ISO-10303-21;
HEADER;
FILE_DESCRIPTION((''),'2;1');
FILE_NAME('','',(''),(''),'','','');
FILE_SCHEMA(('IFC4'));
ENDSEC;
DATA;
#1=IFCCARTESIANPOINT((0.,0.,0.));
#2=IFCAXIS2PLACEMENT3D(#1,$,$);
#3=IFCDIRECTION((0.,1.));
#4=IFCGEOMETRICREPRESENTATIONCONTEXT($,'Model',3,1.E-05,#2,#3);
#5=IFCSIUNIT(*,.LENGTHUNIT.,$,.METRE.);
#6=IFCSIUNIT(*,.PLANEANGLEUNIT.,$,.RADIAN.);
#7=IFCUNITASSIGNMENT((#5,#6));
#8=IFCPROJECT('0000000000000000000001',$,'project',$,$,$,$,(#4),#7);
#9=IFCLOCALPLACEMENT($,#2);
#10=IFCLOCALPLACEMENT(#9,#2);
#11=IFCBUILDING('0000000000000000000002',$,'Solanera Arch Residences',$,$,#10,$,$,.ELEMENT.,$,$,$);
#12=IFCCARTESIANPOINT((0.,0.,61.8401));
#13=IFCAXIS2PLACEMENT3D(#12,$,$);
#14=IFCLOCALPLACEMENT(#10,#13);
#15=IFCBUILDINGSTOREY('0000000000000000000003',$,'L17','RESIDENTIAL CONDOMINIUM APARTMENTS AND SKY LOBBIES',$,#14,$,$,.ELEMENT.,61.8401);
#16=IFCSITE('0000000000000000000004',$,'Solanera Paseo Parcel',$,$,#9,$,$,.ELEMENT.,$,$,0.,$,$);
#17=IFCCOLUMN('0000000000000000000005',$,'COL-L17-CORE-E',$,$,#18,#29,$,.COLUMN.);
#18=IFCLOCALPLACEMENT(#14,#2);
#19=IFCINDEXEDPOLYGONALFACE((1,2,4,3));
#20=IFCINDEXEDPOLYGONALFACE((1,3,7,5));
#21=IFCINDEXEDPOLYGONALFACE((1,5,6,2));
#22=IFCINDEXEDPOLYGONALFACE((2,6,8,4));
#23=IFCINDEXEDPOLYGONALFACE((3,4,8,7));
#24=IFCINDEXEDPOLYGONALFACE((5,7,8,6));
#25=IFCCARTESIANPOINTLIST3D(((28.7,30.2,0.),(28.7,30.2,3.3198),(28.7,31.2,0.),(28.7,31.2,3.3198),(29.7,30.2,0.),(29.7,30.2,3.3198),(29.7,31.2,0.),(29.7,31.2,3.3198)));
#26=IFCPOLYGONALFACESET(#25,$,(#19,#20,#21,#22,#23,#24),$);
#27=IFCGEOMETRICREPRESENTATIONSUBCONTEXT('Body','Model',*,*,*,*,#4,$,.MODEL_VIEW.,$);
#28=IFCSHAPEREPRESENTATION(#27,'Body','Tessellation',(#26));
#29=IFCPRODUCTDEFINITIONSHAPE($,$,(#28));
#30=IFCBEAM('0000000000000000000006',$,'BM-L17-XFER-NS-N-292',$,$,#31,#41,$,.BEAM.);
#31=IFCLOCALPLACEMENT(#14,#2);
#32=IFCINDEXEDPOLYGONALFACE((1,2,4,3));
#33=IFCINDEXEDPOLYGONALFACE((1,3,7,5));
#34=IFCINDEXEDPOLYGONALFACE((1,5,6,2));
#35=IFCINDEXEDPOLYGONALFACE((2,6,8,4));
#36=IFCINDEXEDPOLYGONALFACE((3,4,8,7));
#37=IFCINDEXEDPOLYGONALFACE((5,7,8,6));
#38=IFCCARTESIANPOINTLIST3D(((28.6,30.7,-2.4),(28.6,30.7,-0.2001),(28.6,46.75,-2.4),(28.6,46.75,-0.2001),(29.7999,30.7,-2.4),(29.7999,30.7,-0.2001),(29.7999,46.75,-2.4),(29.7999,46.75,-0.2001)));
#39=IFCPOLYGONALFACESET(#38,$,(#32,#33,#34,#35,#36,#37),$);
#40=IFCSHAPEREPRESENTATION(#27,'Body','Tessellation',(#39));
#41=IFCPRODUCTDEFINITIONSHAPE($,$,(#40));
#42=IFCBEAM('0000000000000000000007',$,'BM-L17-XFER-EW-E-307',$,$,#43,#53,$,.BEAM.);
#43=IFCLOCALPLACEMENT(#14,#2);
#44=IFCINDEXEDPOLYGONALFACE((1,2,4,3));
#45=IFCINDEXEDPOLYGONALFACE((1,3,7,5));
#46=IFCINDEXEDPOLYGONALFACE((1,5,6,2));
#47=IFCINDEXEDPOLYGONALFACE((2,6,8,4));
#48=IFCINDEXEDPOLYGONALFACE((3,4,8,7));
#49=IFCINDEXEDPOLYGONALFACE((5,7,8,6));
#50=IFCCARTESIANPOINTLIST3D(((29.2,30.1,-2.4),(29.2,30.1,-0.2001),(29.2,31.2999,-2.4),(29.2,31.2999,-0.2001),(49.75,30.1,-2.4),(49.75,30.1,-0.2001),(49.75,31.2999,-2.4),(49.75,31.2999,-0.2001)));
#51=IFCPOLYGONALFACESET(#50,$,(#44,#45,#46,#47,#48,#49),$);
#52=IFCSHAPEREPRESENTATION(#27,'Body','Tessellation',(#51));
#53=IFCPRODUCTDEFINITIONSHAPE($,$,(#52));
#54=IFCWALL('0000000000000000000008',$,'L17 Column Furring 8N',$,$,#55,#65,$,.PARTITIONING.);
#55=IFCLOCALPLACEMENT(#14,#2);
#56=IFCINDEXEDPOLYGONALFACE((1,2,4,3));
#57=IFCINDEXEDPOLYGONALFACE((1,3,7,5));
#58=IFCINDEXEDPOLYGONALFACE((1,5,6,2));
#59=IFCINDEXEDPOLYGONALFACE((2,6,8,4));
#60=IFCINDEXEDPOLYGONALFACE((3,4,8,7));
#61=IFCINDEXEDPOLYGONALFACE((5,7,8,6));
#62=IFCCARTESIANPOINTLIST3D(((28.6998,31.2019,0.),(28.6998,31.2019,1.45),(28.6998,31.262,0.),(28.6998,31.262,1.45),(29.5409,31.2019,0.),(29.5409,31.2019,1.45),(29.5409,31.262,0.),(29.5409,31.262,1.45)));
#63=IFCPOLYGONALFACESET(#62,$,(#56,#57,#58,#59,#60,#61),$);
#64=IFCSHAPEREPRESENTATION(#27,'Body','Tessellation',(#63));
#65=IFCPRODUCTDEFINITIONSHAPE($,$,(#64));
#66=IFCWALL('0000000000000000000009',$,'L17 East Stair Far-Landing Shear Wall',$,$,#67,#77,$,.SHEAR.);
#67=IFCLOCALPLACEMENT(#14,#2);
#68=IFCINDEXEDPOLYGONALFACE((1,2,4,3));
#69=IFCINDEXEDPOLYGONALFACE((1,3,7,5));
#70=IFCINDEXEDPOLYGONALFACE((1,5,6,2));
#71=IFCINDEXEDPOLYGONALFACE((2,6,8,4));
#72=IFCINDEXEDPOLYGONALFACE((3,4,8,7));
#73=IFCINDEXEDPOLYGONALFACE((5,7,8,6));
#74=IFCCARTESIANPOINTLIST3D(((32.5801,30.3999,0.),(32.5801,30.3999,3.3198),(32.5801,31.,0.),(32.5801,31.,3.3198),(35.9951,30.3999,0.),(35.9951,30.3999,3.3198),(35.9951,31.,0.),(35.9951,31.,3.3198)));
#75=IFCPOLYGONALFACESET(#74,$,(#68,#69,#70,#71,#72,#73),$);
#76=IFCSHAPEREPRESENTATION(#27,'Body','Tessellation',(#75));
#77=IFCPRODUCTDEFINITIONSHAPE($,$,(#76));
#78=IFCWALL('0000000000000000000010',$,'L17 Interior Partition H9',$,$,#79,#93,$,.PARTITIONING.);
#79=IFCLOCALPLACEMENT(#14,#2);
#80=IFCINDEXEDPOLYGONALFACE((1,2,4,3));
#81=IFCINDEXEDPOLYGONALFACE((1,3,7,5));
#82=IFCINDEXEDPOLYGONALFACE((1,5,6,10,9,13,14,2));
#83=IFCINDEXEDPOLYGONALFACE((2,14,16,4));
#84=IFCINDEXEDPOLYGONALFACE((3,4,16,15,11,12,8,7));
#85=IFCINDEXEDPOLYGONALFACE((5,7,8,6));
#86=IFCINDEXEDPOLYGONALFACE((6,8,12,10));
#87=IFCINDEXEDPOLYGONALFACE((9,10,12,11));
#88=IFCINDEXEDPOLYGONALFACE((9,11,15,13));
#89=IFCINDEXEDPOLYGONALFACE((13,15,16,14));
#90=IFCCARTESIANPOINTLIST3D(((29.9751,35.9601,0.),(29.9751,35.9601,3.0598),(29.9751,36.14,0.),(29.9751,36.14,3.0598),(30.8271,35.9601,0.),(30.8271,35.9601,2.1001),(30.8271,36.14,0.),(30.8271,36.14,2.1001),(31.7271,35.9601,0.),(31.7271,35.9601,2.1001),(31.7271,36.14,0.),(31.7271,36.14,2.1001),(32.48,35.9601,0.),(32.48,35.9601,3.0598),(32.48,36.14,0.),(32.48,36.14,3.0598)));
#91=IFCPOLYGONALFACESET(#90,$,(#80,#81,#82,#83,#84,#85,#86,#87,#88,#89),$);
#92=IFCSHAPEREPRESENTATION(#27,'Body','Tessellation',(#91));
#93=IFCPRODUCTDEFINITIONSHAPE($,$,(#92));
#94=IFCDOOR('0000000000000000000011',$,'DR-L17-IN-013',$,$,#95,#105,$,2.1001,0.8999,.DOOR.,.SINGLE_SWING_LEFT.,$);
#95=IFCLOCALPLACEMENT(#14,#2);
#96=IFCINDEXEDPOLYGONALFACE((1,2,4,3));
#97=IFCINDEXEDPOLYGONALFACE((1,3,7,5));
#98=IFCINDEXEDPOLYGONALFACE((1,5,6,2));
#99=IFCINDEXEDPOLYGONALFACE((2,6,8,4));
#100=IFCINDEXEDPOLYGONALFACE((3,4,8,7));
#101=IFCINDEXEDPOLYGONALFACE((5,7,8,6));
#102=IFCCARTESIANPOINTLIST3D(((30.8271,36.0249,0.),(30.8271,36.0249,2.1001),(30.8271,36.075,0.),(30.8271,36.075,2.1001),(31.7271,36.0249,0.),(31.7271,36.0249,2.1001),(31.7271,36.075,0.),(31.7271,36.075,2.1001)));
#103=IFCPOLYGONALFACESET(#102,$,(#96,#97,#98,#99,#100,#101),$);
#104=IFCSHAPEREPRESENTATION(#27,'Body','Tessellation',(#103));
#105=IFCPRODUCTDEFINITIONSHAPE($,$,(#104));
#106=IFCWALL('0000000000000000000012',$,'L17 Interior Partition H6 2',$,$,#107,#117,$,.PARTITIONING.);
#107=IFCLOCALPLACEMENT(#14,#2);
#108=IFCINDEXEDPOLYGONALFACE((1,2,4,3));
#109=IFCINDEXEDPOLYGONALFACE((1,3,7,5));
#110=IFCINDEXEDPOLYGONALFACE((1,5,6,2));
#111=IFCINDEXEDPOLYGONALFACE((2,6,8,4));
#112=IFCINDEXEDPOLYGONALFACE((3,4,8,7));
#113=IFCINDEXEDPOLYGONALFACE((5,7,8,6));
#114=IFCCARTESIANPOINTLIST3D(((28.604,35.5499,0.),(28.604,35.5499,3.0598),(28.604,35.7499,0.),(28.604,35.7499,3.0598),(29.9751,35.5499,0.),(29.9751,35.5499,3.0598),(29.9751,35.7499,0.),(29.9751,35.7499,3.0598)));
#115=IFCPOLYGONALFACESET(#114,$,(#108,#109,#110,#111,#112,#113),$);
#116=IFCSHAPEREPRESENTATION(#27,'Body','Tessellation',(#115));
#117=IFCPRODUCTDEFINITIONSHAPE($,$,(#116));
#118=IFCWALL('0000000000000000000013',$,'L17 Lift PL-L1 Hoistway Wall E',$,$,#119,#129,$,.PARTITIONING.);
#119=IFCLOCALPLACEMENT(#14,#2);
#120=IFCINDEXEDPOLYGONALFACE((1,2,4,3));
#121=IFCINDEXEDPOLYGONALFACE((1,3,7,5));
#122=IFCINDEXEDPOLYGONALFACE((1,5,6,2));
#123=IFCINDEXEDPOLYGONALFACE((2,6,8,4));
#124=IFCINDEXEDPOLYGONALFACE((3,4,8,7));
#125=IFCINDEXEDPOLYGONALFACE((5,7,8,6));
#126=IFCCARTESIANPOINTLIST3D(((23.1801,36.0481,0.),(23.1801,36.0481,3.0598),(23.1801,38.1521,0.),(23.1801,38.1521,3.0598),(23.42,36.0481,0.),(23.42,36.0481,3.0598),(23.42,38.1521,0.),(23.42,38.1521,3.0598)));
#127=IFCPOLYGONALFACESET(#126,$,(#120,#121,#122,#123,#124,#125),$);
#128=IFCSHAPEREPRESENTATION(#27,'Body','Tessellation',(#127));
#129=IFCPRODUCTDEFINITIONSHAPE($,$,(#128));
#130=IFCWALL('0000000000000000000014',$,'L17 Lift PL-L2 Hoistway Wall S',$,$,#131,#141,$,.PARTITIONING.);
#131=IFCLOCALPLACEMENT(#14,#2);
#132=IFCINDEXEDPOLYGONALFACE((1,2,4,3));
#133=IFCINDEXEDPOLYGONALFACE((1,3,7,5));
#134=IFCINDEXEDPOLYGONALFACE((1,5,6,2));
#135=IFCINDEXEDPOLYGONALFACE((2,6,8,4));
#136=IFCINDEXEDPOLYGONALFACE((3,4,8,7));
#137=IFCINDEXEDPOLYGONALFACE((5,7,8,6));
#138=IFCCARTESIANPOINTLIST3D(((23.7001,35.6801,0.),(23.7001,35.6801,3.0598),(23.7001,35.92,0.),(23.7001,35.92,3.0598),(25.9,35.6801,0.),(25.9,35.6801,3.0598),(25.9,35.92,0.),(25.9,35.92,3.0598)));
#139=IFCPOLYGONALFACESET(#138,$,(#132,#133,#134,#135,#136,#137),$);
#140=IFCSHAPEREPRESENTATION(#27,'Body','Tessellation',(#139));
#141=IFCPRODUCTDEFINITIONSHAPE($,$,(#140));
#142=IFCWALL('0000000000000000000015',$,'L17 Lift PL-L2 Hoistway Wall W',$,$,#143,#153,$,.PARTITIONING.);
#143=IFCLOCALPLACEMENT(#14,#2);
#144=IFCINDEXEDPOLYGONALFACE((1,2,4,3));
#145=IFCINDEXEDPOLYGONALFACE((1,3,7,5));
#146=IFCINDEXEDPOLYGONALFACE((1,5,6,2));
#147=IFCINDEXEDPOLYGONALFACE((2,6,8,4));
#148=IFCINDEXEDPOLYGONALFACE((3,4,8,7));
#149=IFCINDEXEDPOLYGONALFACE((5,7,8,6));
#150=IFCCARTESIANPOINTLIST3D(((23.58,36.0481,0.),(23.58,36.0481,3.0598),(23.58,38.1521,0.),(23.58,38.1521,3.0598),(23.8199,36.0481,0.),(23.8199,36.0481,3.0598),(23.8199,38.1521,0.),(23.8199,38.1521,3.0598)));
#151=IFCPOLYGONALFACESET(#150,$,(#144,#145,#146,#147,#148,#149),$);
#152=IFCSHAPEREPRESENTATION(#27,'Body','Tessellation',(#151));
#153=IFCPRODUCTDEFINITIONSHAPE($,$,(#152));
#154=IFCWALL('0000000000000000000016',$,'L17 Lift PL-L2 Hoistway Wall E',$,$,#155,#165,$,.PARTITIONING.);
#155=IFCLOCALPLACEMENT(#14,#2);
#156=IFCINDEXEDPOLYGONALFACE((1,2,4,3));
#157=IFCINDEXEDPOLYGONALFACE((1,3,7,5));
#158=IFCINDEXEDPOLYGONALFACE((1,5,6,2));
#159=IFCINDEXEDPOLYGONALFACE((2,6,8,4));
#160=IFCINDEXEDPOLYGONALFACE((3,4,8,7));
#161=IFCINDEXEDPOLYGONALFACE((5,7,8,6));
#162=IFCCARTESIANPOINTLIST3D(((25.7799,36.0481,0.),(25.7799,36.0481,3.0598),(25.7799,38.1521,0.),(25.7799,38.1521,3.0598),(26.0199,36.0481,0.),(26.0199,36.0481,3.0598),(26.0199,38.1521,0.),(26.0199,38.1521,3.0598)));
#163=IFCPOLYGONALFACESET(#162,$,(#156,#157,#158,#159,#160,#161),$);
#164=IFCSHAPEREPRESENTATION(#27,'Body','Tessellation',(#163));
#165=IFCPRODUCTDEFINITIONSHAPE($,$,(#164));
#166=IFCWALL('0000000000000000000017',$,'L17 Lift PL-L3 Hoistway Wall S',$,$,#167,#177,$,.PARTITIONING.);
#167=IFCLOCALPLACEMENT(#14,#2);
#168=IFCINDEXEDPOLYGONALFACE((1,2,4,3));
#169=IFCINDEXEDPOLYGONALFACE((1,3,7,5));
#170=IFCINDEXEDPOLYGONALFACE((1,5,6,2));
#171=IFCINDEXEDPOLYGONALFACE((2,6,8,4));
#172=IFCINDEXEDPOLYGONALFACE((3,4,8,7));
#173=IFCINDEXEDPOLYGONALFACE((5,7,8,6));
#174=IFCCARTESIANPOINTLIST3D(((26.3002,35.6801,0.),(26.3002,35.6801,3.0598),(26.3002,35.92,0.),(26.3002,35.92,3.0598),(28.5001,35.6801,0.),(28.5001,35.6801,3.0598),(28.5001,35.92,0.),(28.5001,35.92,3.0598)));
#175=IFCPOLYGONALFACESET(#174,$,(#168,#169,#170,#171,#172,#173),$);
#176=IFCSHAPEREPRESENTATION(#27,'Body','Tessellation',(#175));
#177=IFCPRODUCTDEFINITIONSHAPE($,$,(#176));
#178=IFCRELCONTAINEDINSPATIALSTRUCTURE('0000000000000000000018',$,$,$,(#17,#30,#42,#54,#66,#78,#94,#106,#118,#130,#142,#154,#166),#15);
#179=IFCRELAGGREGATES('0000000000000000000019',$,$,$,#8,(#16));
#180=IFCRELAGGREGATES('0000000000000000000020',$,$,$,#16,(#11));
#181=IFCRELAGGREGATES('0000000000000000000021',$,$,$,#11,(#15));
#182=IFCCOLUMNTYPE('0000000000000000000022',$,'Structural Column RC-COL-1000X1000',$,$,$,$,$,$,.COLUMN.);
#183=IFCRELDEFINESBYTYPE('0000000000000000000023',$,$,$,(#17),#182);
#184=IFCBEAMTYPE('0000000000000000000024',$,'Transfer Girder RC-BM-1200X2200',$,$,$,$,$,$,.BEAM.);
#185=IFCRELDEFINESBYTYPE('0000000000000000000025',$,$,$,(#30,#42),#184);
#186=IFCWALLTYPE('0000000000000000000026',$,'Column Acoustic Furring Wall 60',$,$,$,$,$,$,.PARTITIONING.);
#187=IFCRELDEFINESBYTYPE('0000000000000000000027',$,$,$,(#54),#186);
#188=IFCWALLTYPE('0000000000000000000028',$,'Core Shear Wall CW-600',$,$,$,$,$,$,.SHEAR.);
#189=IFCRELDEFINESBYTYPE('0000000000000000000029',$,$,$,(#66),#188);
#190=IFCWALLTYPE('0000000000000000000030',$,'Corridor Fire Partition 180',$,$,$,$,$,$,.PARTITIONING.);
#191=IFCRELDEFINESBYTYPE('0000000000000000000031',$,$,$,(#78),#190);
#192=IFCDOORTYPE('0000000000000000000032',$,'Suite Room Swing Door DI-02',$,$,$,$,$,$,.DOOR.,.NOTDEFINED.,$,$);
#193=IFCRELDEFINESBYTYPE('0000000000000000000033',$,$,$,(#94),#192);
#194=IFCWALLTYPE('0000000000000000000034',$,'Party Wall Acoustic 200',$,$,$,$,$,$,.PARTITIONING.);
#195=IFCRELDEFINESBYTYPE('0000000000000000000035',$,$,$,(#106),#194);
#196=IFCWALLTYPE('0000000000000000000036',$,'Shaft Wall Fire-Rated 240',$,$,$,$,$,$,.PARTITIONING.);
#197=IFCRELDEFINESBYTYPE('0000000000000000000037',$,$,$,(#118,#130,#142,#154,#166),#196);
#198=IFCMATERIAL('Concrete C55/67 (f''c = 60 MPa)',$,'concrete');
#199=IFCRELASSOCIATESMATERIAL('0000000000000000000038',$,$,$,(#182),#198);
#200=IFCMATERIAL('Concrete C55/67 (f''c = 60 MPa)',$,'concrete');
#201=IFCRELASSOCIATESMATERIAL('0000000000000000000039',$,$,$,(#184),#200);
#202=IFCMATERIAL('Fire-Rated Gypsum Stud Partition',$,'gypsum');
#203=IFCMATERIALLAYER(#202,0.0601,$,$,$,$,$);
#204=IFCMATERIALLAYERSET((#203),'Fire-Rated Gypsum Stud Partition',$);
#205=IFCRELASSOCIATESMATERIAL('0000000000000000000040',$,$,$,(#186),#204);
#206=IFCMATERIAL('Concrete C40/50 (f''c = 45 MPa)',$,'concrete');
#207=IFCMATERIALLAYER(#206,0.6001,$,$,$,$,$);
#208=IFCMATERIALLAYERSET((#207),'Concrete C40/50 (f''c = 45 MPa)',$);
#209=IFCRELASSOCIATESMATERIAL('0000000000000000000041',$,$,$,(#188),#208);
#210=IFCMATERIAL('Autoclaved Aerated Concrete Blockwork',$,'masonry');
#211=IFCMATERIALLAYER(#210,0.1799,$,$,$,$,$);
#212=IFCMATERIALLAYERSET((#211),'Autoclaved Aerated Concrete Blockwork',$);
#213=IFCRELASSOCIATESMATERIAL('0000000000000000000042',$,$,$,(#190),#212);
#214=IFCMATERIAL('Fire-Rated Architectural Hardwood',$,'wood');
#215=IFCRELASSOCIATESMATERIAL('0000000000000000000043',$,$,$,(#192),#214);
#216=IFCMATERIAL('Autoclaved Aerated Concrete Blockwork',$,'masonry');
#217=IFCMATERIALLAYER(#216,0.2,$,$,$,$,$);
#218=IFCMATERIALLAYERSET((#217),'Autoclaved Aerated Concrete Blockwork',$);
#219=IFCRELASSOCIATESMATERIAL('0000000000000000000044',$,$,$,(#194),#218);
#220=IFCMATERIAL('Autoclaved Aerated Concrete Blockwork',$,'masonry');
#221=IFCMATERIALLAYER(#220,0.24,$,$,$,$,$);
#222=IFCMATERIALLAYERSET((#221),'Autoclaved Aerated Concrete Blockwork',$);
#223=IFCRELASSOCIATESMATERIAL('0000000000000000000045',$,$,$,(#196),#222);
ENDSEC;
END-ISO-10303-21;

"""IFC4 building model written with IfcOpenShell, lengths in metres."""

from ifc_helpers import new_model, si_unit, direction, frame, frame_2d, origin, origin_2d, place, context, subcontext, project, spatial, rectangle, extrude, material, layer, layer_set, material_profile, profile_set, type_object, element, fill, save


model = new_model("IFC4")

# Units and contexts
model_context = context("Model", 3, precision=1e-05, world=origin(), true_north=direction((0.0, 1.0)))
body_context = subcontext(model_context, "Body", "Model", "MODEL_VIEW")
ifc_project = project(units=[si_unit("LENGTHUNIT", "METRE"), si_unit("PLANEANGLEUNIT", "RADIAN")], contexts=[model_context])

# Site, building, storey
site_placement = place(None, origin())
site = spatial("IfcSite", under=ifc_project, at=site_placement, Name="Solanera Paseo Parcel", CompositionType="ELEMENT", RefElevation=0.0)
building_placement = place(site_placement, origin())
building = spatial("IfcBuilding", under=site, at=building_placement, Name="Solanera Arch Residences", CompositionType="ELEMENT")
storey_placement = place(building_placement, frame((0.0, 0.0, 61.8401)))
storey = spatial("IfcBuildingStorey", under=building, at=storey_placement, Name="L17", Description="RESIDENTIAL CONDOMINIUM APARTMENTS AND SKY LOBBIES", CompositionType="ELEMENT", Elevation=61.8401)

# Column
ifc_material_1 = material(Name="Concrete C55/67 (f'c = 60 MPa)", Category="concrete")
ifc_material_profile_1 = material_profile(ifc_material_1, rectangle(XDim=1.0, YDim=1.0, at=origin_2d()))
ifc_profile_set_1 = profile_set([ifc_material_profile_1], Name="Concrete C55/67 (f'c = 60 MPa)")
column_type = type_object("IfcColumnType", Name="Structural Column RC-COL-1000X1000", PredefinedType="COLUMN", material=ifc_profile_set_1)
column_placement = place(storey_placement, frame((29.2, 30.7, 0.0), z_axis=(0.0, 0.0, 1.0), x_axis=(1.0, 0.0, 0.0)))
element("IfcColumn", 1, at=column_placement, inside=storey, type_object=column_type, Name="COL-L17-CORE-E", PredefinedType="COLUMN", context=body_context, shape_type="SweptSolid", body=[
    extrude(rectangle(XDim=1.0, YDim=1.0, at=origin_2d()), origin(), (0.0, 0.0, 1.0), 3.3198),
])

# Beams
ifc_material_2 = material(Name="Concrete C55/67 (f'c = 60 MPa)", Category="concrete")
ifc_material_profile_2 = material_profile(ifc_material_2, rectangle(XDim=1.2, YDim=2.2, at=origin_2d()))
ifc_profile_set_2 = profile_set([ifc_material_profile_2], Name="Concrete C55/67 (f'c = 60 MPa)")
beam_type = type_object("IfcBeamType", Name="Transfer Girder RC-BM-1200X2200", PredefinedType="BEAM", material=ifc_profile_set_2)
beam_1_placement = place(storey_placement, frame((29.2, 30.7, -1.3), z_axis=(0.0, 1.0, 0.0), x_axis=(-1.0, 0.0, 0.0)))
element("IfcBeam", 2, at=beam_1_placement, inside=storey, type_object=beam_type, Name="BM-L17-XFER-NS-N-292", PredefinedType="BEAM", context=body_context, shape_type="SweptSolid", body=[
    extrude(rectangle(XDim=1.2, YDim=2.2, at=origin_2d()), origin(), (0.0, 0.0, 1.0), 16.05),
])
beam_2_placement = place(storey_placement, frame((29.2, 30.7, -1.3), z_axis=(1.0, 0.0, 0.0), x_axis=(0.0, 1.0, 0.0)))
element("IfcBeam", 3, at=beam_2_placement, inside=storey, type_object=beam_type, Name="BM-L17-XFER-EW-E-307", PredefinedType="BEAM", context=body_context, shape_type="SweptSolid", body=[
    extrude(rectangle(XDim=1.2, YDim=2.2, at=origin_2d()), origin(), (0.0, 0.0, 1.0), 20.55),
])

# Wall
ifc_material_3 = material(Name="Fire-Rated Gypsum Stud Partition", Category="gypsum")
ifc_layer_1 = layer(ifc_material_3, 0.0601)
ifc_layer_set_1 = layer_set([ifc_layer_1], Name="Fire-Rated Gypsum Stud Partition")
wall_type_1 = type_object("IfcWallType", Name="Column Acoustic Furring Wall 60", PredefinedType="PARTITIONING", material=ifc_layer_set_1)
wall_1_placement = place(storey_placement, frame((28.7, 31.2319, 0.0), z_axis=(0.0, 0.0, 1.0), x_axis=(1.0, 0.0, 0.0)))
element("IfcWall", 4, at=wall_1_placement, inside=storey, type_object=wall_type_1, Name="L17 Column Furring 8N", PredefinedType="PARTITIONING", context=body_context, shape_type="SweptSolid", body=[
    extrude(rectangle(XDim=0.8411, YDim=0.0601, at=frame_2d((0.4204, 0.0))), origin(), (0.0, 0.0, 1.0), 1.45),
])

# Wall
ifc_material_4 = material(Name="Concrete C40/50 (f'c = 45 MPa)", Category="concrete")
ifc_layer_2 = layer(ifc_material_4, 0.6001)
ifc_layer_set_2 = layer_set([ifc_layer_2], Name="Concrete C40/50 (f'c = 45 MPa)")
wall_type_2 = type_object("IfcWallType", Name="Core Shear Wall CW-600", PredefinedType="SHEAR", material=ifc_layer_set_2)
wall_2_placement = place(storey_placement, frame((32.5801, 30.7, 0.0), z_axis=(0.0, 0.0, 1.0), x_axis=(1.0, 0.0, 0.0)))
element("IfcWall", 5, at=wall_2_placement, inside=storey, type_object=wall_type_2, Name="L17 East Stair Far-Landing Shear Wall", PredefinedType="SHEAR", context=body_context, shape_type="SweptSolid", body=[
    extrude(rectangle(XDim=3.415, YDim=0.6001, at=frame_2d((1.7075, 0.0))), origin(), (0.0, 0.0, 1.0), 3.3198),
])

# Wall, opening, door
ifc_material_5 = material(Name="Autoclaved Aerated Concrete Blockwork", Category="masonry")
ifc_layer_3 = layer(ifc_material_5, 0.1799)
ifc_layer_set_3 = layer_set([ifc_layer_3], Name="Autoclaved Aerated Concrete Blockwork")
wall_type_3 = type_object("IfcWallType", Name="Corridor Fire Partition 180", PredefinedType="PARTITIONING", material=ifc_layer_set_3)
wall_3_placement = place(storey_placement, frame((29.9751, 36.05, 0.0), z_axis=(0.0, 0.0, 1.0), x_axis=(1.0, 0.0, 0.0)))
wall_3 = element("IfcWall", 6, at=wall_3_placement, inside=storey, type_object=wall_type_3, Name="L17 Interior Partition H9", PredefinedType="PARTITIONING", context=body_context, shape_type="SweptSolid", body=[
    extrude(rectangle(XDim=2.5049, YDim=0.1799, at=frame_2d((1.2524, 0.0))), origin(), (0.0, 0.0, 1.0), 3.0598),
])
opening_1_placement = place(wall_3_placement, frame((0.8521, 0.0, 0.0)))
opening_1 = element("IfcOpeningElement", 7, at=opening_1_placement, cuts=wall_3, PredefinedType="OPENING", context=body_context, shape_type="SweptSolid", body=[
    extrude(rectangle(XDim=0.8999, YDim=2.1001, at=frame_2d((0.45, 1.05))), frame((0.0, 0.1001, 0.0), z_axis=(0.0, -1.0, 0.0), x_axis=(1.0, 0.0, 0.0)), (0.0, 0.0, 1.0), 0.1999),
])
ifc_material_6 = material(Name="Fire-Rated Architectural Hardwood", Category="wood")
door_type_1 = type_object("IfcDoorType", Name="Suite Room Swing Door DI-02", OperationType="NOTDEFINED", PredefinedType="DOOR", material=ifc_material_6)
door_1_placement = place(opening_1_placement, origin())
door_1 = element("IfcDoor", 8, at=door_1_placement, inside=storey, type_object=door_type_1, Name="DR-L17-IN-013", OperationType="SINGLE_SWING_LEFT", OverallHeight=2.1001, OverallWidth=0.8999, PredefinedType="DOOR", context=body_context, shape_type="SweptSolid", body=[
    extrude(rectangle(XDim=0.8999, YDim=2.1001, at=frame_2d((0.45, 1.05))), frame((0.0, 0.0249, 0.0), z_axis=(0.0, -1.0, 0.0), x_axis=(1.0, 0.0, 0.0)), (0.0, 0.0, 1.0), 0.05),
])
fill(opening_1, door_1)

# Walls
ifc_material_7 = material(Name="Autoclaved Aerated Concrete Blockwork", Category="masonry")
ifc_layer_4 = layer(ifc_material_7, 0.2)
ifc_layer_set_4 = layer_set([ifc_layer_4], Name="Autoclaved Aerated Concrete Blockwork")
wall_type_4 = type_object("IfcWallType", Name="Party Wall Acoustic 200", PredefinedType="PARTITIONING", material=ifc_layer_set_4)
wall_4_placement = place(storey_placement, frame((28.604, 35.6499, 0.0), z_axis=(0.0, 0.0, 1.0), x_axis=(1.0, 0.0, 0.0)))
element("IfcWall", 9, at=wall_4_placement, inside=storey, type_object=wall_type_4, Name="L17 Interior Partition H6 2", PredefinedType="PARTITIONING", context=body_context, shape_type="SweptSolid", body=[
    extrude(rectangle(XDim=1.3711, YDim=0.2, at=frame_2d((0.6855, 0.0))), origin(), (0.0, 0.0, 1.0), 3.0598),
])
ifc_material_8 = material(Name="Autoclaved Aerated Concrete Blockwork", Category="masonry")
ifc_layer_5 = layer(ifc_material_8, 0.24)
ifc_layer_set_5 = layer_set([ifc_layer_5], Name="Autoclaved Aerated Concrete Blockwork")
wall_type_5 = type_object("IfcWallType", Name="Shaft Wall Fire-Rated 240", PredefinedType="PARTITIONING", material=ifc_layer_set_5)
wall_5_placement = place(storey_placement, frame((23.3, 36.0481, 0.0), z_axis=(0.0, 0.0, 1.0), x_axis=(0.0, 1.0, 0.0)))
element("IfcWall", 10, at=wall_5_placement, inside=storey, type_object=wall_type_5, Name="L17 Lift PL-L1 Hoistway Wall E", PredefinedType="PARTITIONING", context=body_context, shape_type="SweptSolid", body=[
    extrude(rectangle(XDim=2.104, YDim=0.24, at=frame_2d((1.052, 0.0))), origin(), (0.0, 0.0, 1.0), 3.0598),
])
wall_6_placement = place(storey_placement, frame((23.7, 35.8, 0.0), z_axis=(0.0, 0.0, 1.0), x_axis=(1.0, 0.0, 0.0)))
element("IfcWall", 11, at=wall_6_placement, inside=storey, type_object=wall_type_5, Name="L17 Lift PL-L2 Hoistway Wall S", PredefinedType="PARTITIONING", context=body_context, shape_type="SweptSolid", body=[
    extrude(rectangle(XDim=2.2, YDim=0.24, at=frame_2d((1.1001, 0.0))), origin(), (0.0, 0.0, 1.0), 3.0598),
])
for number, where, z_axis, x_axis, name in (
    (12, (23.7, 36.0481, 0.0), (0.0, 0.0, 1.0), (0.0, 1.0, 0.0), "L17 Lift PL-L2 Hoistway Wall W"),
    (13, (25.8999, 36.0481, 0.0), (0.0, 0.0, 1.0), (0.0, 1.0, 0.0), "L17 Lift PL-L2 Hoistway Wall E"),
):
    element("IfcWall", number, at=place(storey_placement, frame(where, z_axis=z_axis, x_axis=x_axis)), inside=storey, type_object=wall_type_5, Name=name, PredefinedType="PARTITIONING", context=body_context, shape_type="SweptSolid", body=[
        extrude(rectangle(XDim=2.104, YDim=0.24, at=frame_2d((1.052, 0.0))), origin(), (0.0, 0.0, 1.0), 3.0598),
    ])
wall_7_placement = place(storey_placement, frame((26.3, 35.8, 0.0), z_axis=(0.0, 0.0, 1.0), x_axis=(1.0, 0.0, 0.0)))
element("IfcWall", 14, at=wall_7_placement, inside=storey, type_object=wall_type_5, Name="L17 Lift PL-L3 Hoistway Wall S", PredefinedType="PARTITIONING", context=body_context, shape_type="SweptSolid", body=[
    extrude(rectangle(XDim=2.2, YDim=0.24, at=frame_2d((1.1001, 0.0))), origin(), (0.0, 0.0, 1.0), 3.0598),
])

save(model, "model.ifc")
